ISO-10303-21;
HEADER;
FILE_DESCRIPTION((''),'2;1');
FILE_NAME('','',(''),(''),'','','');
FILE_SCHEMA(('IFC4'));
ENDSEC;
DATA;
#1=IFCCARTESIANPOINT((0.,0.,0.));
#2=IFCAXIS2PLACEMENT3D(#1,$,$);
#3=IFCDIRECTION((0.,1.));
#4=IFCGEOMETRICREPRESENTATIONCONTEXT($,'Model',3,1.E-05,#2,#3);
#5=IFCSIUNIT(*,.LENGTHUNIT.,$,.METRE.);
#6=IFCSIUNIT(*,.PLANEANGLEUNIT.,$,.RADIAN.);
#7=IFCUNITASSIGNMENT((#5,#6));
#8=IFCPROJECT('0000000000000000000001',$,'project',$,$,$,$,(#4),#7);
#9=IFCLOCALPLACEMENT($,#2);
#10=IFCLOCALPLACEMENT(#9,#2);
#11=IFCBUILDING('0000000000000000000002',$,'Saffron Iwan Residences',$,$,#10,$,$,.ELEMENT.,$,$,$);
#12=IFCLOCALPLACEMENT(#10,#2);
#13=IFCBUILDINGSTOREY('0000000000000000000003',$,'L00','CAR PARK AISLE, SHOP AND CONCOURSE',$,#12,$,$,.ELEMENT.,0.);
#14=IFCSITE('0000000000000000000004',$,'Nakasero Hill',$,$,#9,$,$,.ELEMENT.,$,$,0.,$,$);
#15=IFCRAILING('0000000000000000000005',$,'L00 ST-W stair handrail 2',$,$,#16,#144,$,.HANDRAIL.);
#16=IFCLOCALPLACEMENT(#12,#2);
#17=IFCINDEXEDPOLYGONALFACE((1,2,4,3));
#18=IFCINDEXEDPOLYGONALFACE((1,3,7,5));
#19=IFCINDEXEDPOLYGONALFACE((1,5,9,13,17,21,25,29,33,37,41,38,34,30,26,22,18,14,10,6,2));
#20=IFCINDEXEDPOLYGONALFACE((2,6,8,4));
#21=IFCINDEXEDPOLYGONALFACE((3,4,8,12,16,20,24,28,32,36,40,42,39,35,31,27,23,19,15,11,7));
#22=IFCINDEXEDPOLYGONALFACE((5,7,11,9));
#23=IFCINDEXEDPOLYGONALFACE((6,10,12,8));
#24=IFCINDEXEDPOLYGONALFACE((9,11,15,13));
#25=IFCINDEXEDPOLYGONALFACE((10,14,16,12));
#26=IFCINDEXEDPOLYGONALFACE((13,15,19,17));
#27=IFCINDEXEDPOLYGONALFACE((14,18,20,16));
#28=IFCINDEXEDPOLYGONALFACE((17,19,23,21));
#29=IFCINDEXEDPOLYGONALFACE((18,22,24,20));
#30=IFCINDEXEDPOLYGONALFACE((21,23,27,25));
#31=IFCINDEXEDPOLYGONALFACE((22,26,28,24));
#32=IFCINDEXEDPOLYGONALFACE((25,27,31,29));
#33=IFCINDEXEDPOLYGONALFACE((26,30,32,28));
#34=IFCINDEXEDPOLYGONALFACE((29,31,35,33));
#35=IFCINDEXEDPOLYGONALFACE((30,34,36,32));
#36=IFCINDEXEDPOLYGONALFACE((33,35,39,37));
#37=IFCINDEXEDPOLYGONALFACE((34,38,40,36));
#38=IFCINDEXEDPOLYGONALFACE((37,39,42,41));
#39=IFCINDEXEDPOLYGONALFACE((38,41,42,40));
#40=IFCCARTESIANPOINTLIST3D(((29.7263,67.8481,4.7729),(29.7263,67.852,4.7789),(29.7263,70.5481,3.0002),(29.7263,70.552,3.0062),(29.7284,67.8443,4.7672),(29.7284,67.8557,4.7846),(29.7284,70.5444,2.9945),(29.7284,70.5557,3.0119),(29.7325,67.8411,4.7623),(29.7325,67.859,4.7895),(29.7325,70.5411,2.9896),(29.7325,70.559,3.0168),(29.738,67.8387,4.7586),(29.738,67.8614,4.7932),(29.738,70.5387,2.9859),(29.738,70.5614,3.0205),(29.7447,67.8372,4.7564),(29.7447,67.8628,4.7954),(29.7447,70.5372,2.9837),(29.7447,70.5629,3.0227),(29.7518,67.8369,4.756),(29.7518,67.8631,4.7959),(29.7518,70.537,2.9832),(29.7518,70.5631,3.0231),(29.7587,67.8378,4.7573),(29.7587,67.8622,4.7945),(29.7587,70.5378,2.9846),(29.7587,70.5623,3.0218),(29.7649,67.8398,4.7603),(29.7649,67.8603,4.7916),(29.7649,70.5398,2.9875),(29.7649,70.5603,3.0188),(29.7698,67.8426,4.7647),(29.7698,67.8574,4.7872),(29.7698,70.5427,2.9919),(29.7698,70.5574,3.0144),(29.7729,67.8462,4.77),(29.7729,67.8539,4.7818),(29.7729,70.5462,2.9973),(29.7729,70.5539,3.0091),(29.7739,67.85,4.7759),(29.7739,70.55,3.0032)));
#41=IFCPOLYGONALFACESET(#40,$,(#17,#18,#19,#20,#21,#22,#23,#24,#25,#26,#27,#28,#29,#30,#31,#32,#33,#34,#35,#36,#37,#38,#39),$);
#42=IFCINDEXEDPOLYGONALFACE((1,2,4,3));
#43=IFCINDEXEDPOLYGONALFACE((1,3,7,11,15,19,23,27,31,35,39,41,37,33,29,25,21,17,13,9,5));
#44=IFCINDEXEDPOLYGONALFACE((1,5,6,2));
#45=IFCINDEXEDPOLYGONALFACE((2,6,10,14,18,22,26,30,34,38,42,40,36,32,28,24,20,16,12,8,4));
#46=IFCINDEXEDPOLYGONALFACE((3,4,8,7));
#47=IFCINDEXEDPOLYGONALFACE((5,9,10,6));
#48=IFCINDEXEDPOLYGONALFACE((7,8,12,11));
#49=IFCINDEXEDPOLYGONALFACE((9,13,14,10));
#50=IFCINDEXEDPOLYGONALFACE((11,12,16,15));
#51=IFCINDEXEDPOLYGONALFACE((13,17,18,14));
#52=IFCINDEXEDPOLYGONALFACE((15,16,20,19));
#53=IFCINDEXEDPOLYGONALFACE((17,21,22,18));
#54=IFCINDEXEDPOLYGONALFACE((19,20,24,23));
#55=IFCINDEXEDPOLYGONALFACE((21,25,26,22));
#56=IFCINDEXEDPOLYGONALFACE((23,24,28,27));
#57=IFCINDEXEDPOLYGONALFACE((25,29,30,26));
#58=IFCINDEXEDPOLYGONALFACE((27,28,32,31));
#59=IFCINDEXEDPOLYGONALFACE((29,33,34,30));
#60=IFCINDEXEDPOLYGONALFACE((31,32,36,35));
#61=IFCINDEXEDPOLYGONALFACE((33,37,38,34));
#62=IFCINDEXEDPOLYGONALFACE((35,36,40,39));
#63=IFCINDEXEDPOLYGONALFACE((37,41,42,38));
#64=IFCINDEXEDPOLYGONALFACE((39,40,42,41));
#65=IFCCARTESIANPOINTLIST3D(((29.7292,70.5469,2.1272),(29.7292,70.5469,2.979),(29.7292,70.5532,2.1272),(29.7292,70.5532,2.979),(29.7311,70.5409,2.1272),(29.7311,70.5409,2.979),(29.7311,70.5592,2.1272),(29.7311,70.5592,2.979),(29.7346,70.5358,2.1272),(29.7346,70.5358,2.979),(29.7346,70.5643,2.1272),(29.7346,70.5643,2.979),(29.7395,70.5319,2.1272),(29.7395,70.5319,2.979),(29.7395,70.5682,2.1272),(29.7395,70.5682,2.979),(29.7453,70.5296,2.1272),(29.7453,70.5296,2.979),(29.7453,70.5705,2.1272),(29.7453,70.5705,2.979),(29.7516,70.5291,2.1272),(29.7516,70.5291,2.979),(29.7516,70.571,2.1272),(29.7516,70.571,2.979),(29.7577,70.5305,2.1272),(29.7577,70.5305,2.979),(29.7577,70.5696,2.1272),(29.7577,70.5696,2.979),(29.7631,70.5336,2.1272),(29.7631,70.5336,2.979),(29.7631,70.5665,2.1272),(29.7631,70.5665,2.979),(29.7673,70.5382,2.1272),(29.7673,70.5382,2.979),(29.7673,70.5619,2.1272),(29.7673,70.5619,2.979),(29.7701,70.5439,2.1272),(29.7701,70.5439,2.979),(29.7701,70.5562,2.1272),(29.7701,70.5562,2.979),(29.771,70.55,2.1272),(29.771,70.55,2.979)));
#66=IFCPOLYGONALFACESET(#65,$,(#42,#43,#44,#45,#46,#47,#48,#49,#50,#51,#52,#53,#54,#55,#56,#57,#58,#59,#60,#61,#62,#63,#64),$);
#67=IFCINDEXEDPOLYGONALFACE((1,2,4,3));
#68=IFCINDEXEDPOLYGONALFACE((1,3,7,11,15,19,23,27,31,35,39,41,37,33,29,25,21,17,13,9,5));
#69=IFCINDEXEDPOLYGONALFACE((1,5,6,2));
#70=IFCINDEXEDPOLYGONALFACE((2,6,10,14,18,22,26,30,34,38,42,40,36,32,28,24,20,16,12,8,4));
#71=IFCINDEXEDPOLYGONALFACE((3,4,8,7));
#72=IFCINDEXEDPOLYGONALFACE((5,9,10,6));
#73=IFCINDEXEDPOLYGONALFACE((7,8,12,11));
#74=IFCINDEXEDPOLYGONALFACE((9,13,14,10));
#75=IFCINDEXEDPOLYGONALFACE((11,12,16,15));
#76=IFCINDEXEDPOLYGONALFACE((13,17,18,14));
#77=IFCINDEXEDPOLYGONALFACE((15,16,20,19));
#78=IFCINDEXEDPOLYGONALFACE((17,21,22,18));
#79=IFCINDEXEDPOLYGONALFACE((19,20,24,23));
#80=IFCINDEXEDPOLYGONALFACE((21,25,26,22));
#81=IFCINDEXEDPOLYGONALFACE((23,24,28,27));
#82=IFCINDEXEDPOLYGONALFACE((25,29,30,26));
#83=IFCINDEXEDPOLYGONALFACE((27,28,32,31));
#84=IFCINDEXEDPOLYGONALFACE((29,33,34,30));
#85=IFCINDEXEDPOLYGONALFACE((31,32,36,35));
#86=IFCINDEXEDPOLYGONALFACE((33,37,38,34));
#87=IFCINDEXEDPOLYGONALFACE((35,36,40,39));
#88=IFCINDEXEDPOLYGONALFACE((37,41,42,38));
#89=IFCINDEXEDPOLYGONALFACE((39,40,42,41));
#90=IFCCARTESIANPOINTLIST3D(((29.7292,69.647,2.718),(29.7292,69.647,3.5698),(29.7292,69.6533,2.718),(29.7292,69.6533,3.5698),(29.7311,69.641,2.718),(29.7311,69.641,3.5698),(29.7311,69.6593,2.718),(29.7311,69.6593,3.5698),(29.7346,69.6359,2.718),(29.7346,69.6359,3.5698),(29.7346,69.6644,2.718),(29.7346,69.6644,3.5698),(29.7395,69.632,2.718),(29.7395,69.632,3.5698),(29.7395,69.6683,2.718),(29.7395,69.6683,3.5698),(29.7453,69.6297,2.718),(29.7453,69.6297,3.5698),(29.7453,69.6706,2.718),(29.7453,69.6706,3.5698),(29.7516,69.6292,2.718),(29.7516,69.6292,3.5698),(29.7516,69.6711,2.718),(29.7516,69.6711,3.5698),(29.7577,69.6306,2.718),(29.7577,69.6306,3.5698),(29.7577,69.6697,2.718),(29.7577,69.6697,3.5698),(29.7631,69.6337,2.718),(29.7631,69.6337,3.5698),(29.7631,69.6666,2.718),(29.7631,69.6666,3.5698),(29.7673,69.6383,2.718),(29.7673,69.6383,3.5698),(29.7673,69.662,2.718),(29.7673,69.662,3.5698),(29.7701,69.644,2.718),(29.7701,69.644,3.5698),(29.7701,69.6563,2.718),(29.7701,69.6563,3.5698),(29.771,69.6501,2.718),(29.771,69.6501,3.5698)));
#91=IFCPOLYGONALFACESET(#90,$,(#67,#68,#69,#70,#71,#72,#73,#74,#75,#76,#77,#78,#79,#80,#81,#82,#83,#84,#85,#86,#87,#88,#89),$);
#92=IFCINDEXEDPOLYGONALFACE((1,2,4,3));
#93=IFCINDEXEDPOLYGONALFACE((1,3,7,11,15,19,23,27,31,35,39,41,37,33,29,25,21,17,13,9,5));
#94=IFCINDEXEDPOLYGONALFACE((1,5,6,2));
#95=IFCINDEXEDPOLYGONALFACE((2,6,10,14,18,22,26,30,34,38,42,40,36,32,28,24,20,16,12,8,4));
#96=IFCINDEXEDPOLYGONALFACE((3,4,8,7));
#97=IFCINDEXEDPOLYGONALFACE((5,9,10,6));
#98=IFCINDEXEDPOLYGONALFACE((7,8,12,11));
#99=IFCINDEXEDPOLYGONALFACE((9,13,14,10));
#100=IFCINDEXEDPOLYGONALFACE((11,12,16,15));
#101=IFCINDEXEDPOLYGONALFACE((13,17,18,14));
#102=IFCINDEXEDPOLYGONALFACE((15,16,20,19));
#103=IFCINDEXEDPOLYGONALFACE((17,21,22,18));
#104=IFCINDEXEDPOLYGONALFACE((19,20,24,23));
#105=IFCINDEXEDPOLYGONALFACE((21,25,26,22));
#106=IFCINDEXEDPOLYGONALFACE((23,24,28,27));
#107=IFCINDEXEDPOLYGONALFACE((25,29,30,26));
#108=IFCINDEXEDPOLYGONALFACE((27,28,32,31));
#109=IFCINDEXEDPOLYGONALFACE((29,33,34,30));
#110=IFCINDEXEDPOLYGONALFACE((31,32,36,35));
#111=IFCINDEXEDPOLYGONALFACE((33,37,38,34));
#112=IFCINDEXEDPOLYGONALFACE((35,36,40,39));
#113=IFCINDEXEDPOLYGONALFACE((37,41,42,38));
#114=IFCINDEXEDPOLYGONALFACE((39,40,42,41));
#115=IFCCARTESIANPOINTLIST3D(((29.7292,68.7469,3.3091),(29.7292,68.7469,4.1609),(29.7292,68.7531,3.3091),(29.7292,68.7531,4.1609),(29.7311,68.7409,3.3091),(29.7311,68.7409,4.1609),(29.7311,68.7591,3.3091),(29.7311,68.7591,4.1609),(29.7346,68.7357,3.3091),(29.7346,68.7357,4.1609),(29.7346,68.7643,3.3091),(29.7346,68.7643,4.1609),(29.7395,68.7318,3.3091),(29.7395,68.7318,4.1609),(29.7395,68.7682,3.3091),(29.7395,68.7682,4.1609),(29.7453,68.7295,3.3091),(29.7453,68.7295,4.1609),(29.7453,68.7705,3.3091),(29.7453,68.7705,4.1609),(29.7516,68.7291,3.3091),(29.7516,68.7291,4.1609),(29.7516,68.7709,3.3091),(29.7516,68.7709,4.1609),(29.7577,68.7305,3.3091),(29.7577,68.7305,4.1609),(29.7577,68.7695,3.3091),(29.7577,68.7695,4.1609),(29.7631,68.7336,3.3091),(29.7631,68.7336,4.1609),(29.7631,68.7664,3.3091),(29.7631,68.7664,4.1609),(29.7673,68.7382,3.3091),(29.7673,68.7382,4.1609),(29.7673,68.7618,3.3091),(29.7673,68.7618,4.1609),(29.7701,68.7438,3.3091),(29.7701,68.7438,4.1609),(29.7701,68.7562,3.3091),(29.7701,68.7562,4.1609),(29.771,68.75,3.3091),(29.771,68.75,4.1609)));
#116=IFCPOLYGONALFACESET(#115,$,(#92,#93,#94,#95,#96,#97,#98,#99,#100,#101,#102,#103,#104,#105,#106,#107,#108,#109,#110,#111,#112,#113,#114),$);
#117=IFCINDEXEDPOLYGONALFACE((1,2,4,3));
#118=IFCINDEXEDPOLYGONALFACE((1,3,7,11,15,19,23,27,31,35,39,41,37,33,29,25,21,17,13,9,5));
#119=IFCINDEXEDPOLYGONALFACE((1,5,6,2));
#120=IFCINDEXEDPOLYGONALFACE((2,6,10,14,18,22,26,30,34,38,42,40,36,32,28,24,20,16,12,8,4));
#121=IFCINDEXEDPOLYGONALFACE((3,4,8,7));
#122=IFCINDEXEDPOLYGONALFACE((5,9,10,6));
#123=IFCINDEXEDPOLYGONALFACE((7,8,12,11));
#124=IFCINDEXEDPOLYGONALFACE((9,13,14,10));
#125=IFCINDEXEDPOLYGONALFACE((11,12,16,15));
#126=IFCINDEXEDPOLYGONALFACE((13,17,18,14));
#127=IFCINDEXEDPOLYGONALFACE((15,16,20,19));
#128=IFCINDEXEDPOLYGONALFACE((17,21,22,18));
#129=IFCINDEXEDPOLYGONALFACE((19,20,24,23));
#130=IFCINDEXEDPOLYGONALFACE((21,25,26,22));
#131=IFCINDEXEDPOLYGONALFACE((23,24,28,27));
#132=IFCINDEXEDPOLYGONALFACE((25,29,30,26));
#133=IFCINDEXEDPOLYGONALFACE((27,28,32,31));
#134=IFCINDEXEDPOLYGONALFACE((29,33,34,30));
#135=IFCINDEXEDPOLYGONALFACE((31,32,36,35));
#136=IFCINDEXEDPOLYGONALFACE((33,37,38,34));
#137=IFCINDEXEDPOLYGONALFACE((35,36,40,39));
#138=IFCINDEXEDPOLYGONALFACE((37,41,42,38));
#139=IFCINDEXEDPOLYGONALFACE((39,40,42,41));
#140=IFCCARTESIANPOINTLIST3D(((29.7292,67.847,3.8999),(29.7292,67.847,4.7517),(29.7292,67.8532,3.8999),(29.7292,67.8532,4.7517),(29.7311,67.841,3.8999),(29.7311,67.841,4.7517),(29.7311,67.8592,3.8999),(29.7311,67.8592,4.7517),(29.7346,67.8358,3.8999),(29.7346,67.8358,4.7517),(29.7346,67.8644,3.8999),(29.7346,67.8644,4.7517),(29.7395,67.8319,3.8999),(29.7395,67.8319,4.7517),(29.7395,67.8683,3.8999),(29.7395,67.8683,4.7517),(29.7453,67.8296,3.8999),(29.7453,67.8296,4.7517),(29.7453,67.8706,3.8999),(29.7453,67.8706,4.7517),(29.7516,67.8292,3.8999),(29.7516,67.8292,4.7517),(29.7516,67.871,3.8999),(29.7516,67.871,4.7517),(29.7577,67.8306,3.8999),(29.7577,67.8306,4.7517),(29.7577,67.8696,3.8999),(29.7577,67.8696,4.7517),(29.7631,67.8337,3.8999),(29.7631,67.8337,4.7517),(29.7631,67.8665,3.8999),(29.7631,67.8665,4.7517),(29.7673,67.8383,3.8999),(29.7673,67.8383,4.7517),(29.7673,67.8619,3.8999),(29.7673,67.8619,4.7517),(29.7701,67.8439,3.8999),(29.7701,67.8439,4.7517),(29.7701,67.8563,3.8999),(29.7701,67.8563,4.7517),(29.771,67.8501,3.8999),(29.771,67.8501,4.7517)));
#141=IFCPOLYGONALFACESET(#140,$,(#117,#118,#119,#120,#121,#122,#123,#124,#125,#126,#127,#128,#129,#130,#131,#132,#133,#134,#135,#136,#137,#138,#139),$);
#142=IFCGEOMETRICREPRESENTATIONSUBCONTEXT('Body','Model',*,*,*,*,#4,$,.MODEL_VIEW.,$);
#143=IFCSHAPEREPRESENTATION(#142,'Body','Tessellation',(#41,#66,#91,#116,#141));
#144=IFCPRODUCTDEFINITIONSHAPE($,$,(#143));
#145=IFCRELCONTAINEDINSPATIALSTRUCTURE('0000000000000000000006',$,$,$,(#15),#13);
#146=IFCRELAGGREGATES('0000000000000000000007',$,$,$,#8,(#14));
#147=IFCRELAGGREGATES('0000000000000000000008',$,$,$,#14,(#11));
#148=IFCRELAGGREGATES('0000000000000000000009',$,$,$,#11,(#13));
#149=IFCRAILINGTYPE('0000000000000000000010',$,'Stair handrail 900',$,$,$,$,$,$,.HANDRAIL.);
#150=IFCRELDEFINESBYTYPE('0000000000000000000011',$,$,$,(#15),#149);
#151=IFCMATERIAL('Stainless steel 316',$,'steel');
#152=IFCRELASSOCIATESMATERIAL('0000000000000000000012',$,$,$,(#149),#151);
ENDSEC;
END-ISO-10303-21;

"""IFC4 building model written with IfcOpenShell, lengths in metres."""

from ifc_helpers import new_model, si_unit, direction, frame, origin, origin_2d, place, context, subcontext, project, spatial, circle, extrude, material, type_object, element, save


model = new_model("IFC4")

# Units and contexts
model_context = context("Model", 3, precision=1e-05, world=origin(), true_north=direction((0.0, 1.0)))
body_context = subcontext(model_context, "Body", "Model", "MODEL_VIEW")
ifc_project = project(units=[si_unit("LENGTHUNIT", "METRE"), si_unit("PLANEANGLEUNIT", "RADIAN")], contexts=[model_context])

# Site, building, storey
site_placement = place(None, origin())
site = spatial("IfcSite", under=ifc_project, at=site_placement, Name="Nakasero Hill", CompositionType="ELEMENT", RefElevation=0.0)
building_placement = place(site_placement, origin())
building = spatial("IfcBuilding", under=site, at=building_placement, Name="Saffron Iwan Residences", CompositionType="ELEMENT")
storey_placement = place(building_placement, origin())
storey = spatial("IfcBuildingStorey", under=building, at=storey_placement, Name="L00", Description="CAR PARK AISLE, SHOP AND CONCOURSE", CompositionType="ELEMENT", Elevation=0.0)

# Railing
ifc_material_1 = material(Name="Stainless steel 316", Category="steel")
railing_type = type_object("IfcRailingType", Name="Stair handrail 900", PredefinedType="HANDRAIL", material=ifc_material_1)
for number, where, name in (
    (1, (29.75, 70.55, 2.1272), "L00 ST-W stair handrail 2"),
):
    element("IfcRailing", number, at=place(storey_placement, frame(where)), inside=storey, type_object=railing_type, Name=name, PredefinedType="HANDRAIL", context=body_context, shape_type="SweptSolid", body=[
        extrude(circle(Radius=0.0239, at=origin_2d()), frame((0.0, 0.0, 0.876), z_axis=(0.0, -0.835925, 0.548843), x_axis=(1.0, 0.0, 0.0)), (0.0, 0.0, 1.0), 3.23),
        extrude(circle(Radius=0.021, at=origin_2d()), origin(), (0.0, 0.0, 1.0), 0.8518),
        extrude(circle(Radius=0.021, at=origin_2d()), frame((0.0, -0.8999, 0.5908)), (0.0, 0.0, 1.0), 0.8518),
        extrude(circle(Radius=0.021, at=origin_2d()), frame((0.0, -1.8, 1.1819)), (0.0, 0.0, 1.0), 0.8518),
        extrude(circle(Radius=0.021, at=origin_2d()), frame((0.0, -2.7, 1.7727)), (0.0, 0.0, 1.0), 0.8518),
    ])

save(model, "model.ifc")
